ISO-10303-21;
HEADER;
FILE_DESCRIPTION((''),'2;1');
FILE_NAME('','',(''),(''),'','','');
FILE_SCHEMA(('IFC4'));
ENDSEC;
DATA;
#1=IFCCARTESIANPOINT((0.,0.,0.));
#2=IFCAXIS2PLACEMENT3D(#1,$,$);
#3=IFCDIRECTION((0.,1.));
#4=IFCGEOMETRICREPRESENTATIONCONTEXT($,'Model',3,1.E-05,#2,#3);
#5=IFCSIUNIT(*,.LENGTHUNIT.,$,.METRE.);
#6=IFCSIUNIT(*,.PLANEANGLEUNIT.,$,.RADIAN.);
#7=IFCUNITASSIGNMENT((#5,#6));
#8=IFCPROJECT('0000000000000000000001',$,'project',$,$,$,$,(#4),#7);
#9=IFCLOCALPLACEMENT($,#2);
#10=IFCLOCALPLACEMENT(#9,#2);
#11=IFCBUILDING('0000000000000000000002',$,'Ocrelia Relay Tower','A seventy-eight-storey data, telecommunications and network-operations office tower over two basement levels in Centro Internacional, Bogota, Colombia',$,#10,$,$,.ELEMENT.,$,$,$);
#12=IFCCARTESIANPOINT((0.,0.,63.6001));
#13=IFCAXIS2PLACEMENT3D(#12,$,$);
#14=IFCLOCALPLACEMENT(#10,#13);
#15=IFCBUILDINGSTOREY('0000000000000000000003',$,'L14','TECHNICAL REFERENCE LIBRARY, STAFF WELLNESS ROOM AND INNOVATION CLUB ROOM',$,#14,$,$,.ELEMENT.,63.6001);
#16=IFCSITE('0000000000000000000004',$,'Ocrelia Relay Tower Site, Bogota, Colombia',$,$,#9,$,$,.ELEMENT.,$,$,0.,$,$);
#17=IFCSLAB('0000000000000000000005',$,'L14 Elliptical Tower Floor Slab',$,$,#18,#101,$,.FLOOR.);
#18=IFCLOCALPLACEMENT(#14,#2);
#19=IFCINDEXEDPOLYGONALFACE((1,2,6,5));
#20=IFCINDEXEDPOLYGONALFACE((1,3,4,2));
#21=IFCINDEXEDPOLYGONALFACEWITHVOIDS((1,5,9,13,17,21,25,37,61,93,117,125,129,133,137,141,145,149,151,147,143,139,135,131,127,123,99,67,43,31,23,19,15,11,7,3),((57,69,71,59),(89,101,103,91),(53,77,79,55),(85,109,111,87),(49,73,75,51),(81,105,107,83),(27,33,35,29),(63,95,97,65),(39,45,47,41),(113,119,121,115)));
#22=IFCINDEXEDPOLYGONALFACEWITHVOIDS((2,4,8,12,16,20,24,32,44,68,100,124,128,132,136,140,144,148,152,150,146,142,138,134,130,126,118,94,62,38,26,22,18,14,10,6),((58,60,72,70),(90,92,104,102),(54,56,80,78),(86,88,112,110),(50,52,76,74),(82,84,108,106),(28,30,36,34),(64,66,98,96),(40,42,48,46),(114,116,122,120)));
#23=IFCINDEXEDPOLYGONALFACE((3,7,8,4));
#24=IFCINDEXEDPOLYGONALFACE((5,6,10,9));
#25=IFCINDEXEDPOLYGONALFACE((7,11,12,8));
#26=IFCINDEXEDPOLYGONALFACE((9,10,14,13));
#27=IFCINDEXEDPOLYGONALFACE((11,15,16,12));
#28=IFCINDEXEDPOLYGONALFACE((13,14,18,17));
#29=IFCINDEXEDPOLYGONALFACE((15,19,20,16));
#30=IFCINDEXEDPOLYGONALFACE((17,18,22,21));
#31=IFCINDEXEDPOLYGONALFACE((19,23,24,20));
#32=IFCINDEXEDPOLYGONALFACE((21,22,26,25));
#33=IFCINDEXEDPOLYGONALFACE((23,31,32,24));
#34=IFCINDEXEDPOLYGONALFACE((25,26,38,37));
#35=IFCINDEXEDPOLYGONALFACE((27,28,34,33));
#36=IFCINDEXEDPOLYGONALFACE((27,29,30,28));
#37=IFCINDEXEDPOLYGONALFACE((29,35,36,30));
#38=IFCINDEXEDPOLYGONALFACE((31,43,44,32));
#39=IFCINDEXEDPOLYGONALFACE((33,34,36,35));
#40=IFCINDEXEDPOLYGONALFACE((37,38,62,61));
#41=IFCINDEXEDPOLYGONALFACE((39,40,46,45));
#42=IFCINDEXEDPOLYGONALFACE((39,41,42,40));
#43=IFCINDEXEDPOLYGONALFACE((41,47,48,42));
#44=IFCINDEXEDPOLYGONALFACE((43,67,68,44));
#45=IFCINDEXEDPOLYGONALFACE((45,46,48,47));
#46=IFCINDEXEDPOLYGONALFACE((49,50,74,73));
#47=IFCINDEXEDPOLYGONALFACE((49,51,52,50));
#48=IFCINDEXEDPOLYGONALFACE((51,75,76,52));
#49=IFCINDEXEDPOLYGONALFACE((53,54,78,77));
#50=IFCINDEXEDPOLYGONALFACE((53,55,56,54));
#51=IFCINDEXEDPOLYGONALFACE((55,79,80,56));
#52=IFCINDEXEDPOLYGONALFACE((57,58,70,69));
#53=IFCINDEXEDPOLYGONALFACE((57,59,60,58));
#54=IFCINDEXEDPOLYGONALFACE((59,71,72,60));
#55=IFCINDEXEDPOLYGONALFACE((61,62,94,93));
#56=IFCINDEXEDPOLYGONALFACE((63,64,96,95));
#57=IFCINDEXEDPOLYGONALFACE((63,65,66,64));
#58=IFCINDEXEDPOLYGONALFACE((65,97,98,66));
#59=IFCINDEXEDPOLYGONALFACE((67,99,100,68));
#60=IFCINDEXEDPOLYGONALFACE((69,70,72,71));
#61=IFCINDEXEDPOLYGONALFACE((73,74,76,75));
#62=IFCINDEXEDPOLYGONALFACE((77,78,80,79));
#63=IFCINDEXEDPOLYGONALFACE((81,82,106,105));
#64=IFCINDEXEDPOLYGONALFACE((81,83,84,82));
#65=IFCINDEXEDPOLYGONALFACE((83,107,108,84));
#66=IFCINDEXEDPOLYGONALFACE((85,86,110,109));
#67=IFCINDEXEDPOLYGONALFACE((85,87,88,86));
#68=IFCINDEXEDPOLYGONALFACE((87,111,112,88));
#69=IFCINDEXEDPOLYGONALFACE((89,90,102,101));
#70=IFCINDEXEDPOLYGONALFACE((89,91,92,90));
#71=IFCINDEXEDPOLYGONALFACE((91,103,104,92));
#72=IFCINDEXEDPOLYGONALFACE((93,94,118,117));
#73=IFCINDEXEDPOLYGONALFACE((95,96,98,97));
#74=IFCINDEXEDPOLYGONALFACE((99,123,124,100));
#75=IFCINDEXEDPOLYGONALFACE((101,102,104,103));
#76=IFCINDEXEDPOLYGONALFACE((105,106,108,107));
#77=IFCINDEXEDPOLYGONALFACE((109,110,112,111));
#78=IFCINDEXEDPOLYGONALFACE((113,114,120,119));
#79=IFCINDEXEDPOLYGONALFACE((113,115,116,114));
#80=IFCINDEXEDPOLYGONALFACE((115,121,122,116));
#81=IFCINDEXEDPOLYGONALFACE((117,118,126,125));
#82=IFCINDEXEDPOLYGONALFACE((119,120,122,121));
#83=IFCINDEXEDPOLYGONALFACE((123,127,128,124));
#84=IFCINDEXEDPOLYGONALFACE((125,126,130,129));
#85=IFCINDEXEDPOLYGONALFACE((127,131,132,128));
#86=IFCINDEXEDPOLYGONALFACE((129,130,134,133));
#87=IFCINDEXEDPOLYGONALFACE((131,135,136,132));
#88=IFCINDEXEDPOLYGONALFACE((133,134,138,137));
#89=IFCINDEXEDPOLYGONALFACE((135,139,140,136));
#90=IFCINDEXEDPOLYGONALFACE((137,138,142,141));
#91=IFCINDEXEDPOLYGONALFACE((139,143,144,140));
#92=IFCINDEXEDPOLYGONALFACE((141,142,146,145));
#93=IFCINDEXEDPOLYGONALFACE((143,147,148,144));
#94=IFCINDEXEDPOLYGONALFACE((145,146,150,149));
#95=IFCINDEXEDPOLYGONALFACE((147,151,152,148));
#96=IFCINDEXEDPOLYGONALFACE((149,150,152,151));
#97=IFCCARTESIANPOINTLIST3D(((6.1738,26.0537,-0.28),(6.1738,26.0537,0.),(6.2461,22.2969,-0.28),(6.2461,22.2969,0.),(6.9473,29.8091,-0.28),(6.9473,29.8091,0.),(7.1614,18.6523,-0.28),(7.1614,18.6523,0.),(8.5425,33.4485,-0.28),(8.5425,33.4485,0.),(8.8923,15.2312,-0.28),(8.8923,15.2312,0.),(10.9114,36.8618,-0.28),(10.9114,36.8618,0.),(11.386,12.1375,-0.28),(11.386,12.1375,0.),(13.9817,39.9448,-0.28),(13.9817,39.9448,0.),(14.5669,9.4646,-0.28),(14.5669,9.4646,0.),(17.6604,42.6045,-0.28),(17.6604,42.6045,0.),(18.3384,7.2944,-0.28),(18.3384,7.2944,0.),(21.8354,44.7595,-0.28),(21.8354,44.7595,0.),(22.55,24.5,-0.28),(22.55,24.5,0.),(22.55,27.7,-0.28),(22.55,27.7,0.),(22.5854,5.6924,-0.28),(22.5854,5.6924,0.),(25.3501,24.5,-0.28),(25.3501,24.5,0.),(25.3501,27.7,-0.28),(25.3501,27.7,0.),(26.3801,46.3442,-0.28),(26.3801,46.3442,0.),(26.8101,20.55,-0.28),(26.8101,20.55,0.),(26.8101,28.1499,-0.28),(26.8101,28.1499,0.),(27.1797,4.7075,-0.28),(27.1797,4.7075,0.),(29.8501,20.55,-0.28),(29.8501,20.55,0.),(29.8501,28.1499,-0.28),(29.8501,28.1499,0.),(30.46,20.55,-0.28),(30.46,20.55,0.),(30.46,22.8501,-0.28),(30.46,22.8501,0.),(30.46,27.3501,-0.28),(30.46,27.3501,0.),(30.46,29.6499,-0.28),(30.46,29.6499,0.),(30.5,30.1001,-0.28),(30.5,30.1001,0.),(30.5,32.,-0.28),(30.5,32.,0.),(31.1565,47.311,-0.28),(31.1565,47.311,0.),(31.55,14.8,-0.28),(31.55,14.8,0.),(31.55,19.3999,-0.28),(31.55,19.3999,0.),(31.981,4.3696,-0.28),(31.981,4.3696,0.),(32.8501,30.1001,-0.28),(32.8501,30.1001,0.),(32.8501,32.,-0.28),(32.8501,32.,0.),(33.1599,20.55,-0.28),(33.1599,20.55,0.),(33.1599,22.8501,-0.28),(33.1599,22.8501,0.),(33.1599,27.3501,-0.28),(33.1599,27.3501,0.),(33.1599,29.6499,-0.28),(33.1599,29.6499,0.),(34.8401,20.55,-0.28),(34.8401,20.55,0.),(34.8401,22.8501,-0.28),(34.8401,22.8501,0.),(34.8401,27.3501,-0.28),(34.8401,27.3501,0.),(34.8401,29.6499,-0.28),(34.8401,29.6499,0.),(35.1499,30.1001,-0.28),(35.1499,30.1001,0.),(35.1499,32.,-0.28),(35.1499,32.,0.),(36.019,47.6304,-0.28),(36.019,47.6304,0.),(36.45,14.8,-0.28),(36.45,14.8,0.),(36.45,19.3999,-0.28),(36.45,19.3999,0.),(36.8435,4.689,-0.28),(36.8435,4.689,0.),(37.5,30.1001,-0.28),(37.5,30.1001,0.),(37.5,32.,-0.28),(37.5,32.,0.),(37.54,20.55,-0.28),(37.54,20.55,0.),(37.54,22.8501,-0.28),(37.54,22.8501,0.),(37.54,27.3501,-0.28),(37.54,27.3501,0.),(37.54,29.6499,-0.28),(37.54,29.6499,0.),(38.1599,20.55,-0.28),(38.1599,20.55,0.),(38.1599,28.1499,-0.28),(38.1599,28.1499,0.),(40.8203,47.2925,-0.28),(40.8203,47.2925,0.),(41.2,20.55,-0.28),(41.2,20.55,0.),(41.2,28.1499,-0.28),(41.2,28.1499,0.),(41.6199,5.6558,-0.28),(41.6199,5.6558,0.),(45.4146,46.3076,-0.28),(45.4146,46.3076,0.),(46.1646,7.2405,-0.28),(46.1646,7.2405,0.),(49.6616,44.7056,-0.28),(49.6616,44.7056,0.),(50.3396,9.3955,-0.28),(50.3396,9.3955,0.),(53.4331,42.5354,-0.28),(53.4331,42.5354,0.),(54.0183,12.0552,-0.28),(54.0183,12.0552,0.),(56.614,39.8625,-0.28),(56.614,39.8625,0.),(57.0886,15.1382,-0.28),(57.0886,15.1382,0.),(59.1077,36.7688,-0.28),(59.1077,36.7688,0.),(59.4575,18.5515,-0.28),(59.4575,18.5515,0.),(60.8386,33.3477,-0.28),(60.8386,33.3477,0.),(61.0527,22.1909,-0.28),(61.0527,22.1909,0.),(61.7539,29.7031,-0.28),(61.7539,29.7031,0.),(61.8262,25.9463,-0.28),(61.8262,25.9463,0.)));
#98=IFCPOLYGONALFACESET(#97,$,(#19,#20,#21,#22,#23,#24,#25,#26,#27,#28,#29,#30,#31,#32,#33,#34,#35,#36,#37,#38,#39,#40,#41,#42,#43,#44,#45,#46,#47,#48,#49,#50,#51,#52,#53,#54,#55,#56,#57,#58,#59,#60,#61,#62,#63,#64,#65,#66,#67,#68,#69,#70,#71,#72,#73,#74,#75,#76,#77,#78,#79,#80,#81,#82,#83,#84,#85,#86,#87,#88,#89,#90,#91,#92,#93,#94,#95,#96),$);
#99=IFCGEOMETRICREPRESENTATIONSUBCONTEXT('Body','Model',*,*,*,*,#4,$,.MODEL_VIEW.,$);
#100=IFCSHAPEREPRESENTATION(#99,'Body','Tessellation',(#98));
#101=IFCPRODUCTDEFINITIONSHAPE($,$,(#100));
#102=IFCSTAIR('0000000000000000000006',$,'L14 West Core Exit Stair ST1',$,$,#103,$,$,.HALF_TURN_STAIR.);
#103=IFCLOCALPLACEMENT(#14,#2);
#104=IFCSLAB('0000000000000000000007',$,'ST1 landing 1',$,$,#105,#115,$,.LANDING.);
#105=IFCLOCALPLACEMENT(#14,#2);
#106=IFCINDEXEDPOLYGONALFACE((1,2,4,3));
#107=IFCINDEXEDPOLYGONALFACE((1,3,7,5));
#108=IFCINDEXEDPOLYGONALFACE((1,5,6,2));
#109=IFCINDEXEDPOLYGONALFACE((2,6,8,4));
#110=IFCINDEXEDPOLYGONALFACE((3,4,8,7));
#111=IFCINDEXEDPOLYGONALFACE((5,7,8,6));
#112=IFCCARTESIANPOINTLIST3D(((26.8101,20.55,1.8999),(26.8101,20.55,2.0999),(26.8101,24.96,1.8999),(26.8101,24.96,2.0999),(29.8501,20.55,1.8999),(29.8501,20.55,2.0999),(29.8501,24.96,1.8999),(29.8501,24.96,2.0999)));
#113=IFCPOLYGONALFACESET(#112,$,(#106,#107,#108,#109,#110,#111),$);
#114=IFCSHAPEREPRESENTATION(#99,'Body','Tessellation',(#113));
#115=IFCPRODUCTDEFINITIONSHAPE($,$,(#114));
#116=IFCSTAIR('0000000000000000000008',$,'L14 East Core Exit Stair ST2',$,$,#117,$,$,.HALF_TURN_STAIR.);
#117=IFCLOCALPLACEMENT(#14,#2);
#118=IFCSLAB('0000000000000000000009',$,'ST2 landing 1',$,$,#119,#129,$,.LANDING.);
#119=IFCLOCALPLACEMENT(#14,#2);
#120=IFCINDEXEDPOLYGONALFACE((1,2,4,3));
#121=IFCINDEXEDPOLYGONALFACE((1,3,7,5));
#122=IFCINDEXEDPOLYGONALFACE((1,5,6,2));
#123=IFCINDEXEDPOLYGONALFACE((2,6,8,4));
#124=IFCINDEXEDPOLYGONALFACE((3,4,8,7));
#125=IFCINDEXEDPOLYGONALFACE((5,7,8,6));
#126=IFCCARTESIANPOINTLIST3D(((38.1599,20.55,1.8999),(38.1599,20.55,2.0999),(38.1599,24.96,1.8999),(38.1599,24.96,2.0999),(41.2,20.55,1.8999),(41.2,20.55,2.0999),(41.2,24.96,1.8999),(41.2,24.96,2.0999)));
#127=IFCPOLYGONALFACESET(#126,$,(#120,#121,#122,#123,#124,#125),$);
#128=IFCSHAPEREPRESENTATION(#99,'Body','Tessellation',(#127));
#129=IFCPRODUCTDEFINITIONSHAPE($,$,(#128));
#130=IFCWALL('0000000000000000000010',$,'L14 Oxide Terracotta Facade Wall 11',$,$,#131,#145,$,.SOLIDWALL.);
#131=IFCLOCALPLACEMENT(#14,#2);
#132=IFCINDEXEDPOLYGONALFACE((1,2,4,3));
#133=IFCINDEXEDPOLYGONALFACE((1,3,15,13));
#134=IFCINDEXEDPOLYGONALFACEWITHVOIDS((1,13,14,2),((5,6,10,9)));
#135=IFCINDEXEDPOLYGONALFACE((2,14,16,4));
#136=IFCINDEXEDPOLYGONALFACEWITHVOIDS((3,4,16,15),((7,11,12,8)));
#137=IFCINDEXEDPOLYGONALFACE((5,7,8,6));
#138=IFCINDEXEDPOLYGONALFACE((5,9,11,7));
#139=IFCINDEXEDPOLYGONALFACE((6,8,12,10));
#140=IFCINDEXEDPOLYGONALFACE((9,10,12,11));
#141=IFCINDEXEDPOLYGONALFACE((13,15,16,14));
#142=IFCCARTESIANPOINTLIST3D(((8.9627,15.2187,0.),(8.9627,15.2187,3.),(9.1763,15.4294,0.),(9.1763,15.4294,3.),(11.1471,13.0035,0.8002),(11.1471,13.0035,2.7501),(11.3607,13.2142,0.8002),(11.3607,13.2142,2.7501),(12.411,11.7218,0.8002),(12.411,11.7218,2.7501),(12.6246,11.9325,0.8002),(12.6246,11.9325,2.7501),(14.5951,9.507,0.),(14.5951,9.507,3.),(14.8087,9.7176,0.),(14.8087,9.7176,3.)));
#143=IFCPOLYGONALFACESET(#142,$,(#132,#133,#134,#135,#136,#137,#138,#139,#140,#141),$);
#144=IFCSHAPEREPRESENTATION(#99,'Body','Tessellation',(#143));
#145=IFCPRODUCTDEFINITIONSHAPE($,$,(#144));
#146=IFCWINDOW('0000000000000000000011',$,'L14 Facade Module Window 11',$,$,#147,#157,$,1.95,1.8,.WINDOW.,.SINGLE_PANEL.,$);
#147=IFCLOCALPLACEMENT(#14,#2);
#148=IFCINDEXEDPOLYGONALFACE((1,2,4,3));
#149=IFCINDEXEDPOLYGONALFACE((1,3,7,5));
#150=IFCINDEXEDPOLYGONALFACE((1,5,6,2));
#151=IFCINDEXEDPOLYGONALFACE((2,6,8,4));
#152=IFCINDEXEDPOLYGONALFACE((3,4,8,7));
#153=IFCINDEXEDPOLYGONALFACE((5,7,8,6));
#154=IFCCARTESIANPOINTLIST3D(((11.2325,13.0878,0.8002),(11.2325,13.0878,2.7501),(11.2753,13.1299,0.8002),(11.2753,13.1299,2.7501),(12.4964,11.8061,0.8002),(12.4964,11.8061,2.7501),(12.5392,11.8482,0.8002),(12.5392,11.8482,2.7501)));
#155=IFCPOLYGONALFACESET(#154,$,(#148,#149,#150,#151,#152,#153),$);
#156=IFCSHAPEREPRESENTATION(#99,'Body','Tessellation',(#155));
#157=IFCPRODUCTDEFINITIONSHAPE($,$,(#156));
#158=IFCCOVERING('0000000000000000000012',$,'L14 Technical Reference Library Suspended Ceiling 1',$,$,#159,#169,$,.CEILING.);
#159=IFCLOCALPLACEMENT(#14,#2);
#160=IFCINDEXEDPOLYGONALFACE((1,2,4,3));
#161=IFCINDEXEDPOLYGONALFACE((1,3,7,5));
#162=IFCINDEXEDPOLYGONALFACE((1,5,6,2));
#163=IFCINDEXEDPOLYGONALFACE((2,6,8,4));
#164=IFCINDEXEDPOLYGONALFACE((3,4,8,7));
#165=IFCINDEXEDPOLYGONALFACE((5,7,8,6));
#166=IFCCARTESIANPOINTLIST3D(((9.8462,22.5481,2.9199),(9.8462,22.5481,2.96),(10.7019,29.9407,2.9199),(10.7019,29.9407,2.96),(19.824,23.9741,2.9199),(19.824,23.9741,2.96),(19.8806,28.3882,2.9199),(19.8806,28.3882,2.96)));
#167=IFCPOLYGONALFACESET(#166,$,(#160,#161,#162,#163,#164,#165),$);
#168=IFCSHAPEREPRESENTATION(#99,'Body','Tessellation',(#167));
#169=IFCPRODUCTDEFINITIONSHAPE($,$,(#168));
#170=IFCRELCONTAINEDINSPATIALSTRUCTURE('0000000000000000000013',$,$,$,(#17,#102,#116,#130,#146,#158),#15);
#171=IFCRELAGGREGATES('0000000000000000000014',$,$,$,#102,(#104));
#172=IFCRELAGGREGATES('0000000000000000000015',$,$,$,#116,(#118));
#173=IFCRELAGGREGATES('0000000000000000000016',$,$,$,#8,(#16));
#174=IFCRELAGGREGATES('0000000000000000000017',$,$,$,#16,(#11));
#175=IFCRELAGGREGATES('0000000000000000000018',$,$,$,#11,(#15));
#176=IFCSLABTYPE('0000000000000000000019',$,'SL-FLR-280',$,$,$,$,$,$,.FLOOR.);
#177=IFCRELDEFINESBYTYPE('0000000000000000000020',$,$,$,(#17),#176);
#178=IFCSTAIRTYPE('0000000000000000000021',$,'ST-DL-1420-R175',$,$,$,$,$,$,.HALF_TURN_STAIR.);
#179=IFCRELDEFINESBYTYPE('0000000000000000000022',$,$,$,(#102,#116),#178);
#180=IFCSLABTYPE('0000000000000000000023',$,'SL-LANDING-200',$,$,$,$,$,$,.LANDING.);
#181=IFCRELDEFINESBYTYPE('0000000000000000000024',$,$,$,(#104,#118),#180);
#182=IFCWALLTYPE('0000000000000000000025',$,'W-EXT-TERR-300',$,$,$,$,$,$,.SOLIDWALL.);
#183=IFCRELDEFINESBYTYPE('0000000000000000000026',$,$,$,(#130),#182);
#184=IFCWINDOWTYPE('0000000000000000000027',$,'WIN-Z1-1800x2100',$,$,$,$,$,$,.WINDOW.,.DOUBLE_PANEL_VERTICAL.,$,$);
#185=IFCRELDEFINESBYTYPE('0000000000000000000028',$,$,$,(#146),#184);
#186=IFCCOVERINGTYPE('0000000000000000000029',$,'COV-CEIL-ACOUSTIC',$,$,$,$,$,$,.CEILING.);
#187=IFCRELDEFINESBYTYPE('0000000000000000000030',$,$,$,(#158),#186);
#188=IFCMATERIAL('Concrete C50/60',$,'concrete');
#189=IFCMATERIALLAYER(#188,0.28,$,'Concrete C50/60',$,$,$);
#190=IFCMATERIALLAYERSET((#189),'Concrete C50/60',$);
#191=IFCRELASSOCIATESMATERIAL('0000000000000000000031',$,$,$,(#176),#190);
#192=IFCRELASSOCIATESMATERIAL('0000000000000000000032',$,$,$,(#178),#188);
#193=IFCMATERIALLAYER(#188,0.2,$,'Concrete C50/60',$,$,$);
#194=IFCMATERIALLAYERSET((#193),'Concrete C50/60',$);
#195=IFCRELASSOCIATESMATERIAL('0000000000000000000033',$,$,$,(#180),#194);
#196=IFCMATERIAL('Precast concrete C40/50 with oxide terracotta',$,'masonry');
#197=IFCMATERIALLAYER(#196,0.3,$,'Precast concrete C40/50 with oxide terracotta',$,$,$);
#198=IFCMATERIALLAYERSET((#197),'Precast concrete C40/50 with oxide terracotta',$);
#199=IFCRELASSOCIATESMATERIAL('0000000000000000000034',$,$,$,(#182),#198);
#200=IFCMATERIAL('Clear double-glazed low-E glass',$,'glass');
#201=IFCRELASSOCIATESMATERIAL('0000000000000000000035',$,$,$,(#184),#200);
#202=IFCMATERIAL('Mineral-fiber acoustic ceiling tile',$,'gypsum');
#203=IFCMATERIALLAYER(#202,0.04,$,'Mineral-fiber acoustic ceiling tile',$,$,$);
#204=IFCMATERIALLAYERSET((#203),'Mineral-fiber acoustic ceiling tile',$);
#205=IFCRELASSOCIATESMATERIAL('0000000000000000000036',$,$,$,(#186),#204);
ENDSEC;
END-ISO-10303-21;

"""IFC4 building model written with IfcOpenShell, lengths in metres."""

from ifc_helpers import new_model, si_unit, direction, frame, frame_2d, origin, place, context, subcontext, project, spatial, polyline, rectangle, outline, extrude, material, layer, layer_set, type_object, element, fill, aggregate, save


model = new_model("IFC4")

# Units and contexts
model_context = context("Model", 3, precision=1e-05, world=origin(), true_north=direction((0.0, 1.0)))
body_context = subcontext(model_context, "Body", "Model", "MODEL_VIEW")
ifc_project = project(units=[si_unit("LENGTHUNIT", "METRE"), si_unit("PLANEANGLEUNIT", "RADIAN")], contexts=[model_context])

# Site, building, storey
site_placement = place(None, origin())
site = spatial("IfcSite", under=ifc_project, at=site_placement, Name="Ocrelia Relay Tower Site, Bogota, Colombia", CompositionType="ELEMENT", RefElevation=0.0)
building_placement = place(site_placement, origin())
building = spatial("IfcBuilding", under=site, at=building_placement, Name="Ocrelia Relay Tower", Description="A seventy-eight-storey data, telecommunications and network-operations office tower over two basement levels in Centro Internacional, Bogota, Colombia", CompositionType="ELEMENT")
storey_placement = place(building_placement, frame((0.0, 0.0, 63.6001)))
storey = spatial("IfcBuildingStorey", under=building, at=storey_placement, Name="L14", Description="TECHNICAL REFERENCE LIBRARY, STAFF WELLNESS ROOM AND INNOVATION CLUB ROOM", CompositionType="ELEMENT", Elevation=63.6001)

# Shared definitions
ifc_material_1 = material(Name="Clear double-glazed low-E glass", Category="glass")

# Slab
ifc_material_2 = material(Name="Concrete C50/60", Category="concrete")
ifc_layer_1 = layer(ifc_material_2, 0.28, Name="Concrete C50/60")
ifc_layer_set_1 = layer_set([ifc_layer_1], Name="Concrete C50/60")
slab_type_1 = type_object("IfcSlabType", Name="SL-FLR-280", PredefinedType="FLOOR", material=ifc_layer_set_1)
slab_1_placement = place(storey_placement, frame((0.0, 0.0, -0.28)))
element("IfcSlab", 1, at=slab_1_placement, inside=storey, type_object=slab_type_1, Name="L14 Elliptical Tower Floor Slab", PredefinedType="FLOOR", context=body_context, shape_type="SweptSolid", body=[
    extrude(outline(polyline([(61.7539, 29.7031), (60.8386, 33.3477), (59.1077, 36.7688), (56.614, 39.8625), (53.4331, 42.5354), (49.6616, 44.7056), (45.4146, 46.3076), (40.8203, 47.2925), (36.019, 47.6304), (31.1565, 47.311), (26.3801, 46.3442), (21.8354, 44.7595), (17.6604, 42.6045), (13.9817, 39.9448), (10.9114, 36.8618), (8.5425, 33.4485), (6.9473, 29.8091), (6.1738, 26.0537), (6.2461, 22.2969), (7.1614, 18.6523), (8.8923, 15.2312), (11.386, 12.1375), (14.5669, 9.4646), (18.3384, 7.2944), (22.5854, 5.6924), (27.1797, 4.7075), (31.981, 4.3696), (36.8435, 4.689), (41.6199, 5.6558), (46.1646, 7.2405), (50.3396, 9.3955), (54.0183, 12.0552), (57.0886, 15.1382), (59.4575, 18.5515), (61.0527, 22.1909), (61.8262, 25.9463), (61.7539, 29.7031)]), holes=[polyline([(26.8101, 28.1499), (26.8101, 20.55), (29.8501, 20.55), (29.8501, 28.1499), (26.8101, 28.1499)]), polyline([(38.1599, 28.1499), (38.1599, 20.55), (41.2, 20.55), (41.2, 28.1499), (38.1599, 28.1499)]), polyline([(30.46, 20.55), (33.1599, 20.55), (33.1599, 22.8501), (30.46, 22.8501), (30.46, 20.55)]), polyline([(34.8401, 20.55), (37.54, 20.55), (37.54, 22.8501), (34.8401, 22.8501), (34.8401, 20.55)]), polyline([(30.46, 27.3501), (33.1599, 27.3501), (33.1599, 29.6499), (30.46, 29.6499), (30.46, 27.3501)]), polyline([(34.8401, 27.3501), (37.54, 27.3501), (37.54, 29.6499), (34.8401, 29.6499), (34.8401, 27.3501)]), polyline([(30.5, 30.1001), (32.8501, 30.1001), (32.8501, 32.0), (30.5, 32.0), (30.5, 30.1001)]), polyline([(35.1499, 30.1001), (37.5, 30.1001), (37.5, 32.0), (35.1499, 32.0), (35.1499, 30.1001)]), polyline([(22.55, 24.5), (25.3501, 24.5), (25.3501, 27.7), (22.55, 27.7), (22.55, 24.5)]), polyline([(31.55, 14.8), (36.45, 14.8), (36.45, 19.3999), (31.55, 19.3999), (31.55, 14.8)])]), origin(), (0.0, 0.0, 1.0), 0.28),
])

# Stairs, slabs
stair_type = type_object("IfcStairType", Name="ST-DL-1420-R175", PredefinedType="HALF_TURN_STAIR", material=ifc_material_2)
stair_1_placement = place(storey_placement, origin())
stair_1 = element("IfcStair", 2, at=stair_1_placement, inside=storey, type_object=stair_type, Name="L14 West Core Exit Stair ST1", PredefinedType="HALF_TURN_STAIR")
ifc_layer_2 = layer(ifc_material_2, 0.2, Name="Concrete C50/60")
ifc_layer_set_2 = layer_set([ifc_layer_2], Name="Concrete C50/60")
slab_type_2 = type_object("IfcSlabType", Name="SL-LANDING-200", PredefinedType="LANDING", material=ifc_layer_set_2)
slab_2_placement = place(storey_placement, frame((0.0, 0.0, 1.8999)))
slab_2 = element("IfcSlab", 3, at=slab_2_placement, type_object=slab_type_2, Name="ST1 landing 1", PredefinedType="LANDING", context=body_context, shape_type="SweptSolid", body=[
    extrude(outline(polyline([(26.8101, 24.96), (26.8101, 20.55), (29.8501, 20.55), (29.8501, 24.96), (26.8101, 24.96)])), origin(), (0.0, 0.0, 1.0), 0.2),
])
aggregate(stair_1, [slab_2])
stair_2_placement = place(storey_placement, origin())
stair_2 = element("IfcStair", 4, at=stair_2_placement, inside=storey, type_object=stair_type, Name="L14 East Core Exit Stair ST2", PredefinedType="HALF_TURN_STAIR")
slab_3_placement = place(storey_placement, frame((0.0, 0.0, 1.8999)))
slab_3 = element("IfcSlab", 5, at=slab_3_placement, type_object=slab_type_2, Name="ST2 landing 1", PredefinedType="LANDING", context=body_context, shape_type="SweptSolid", body=[
    extrude(outline(polyline([(38.1599, 24.96), (38.1599, 20.55), (41.2, 20.55), (41.2, 24.96), (38.1599, 24.96)])), origin(), (0.0, 0.0, 1.0), 0.2),
])
aggregate(stair_2, [slab_3])

# Wall, opening, window
ifc_material_3 = material(Name="Precast concrete C40/50 with oxide terracotta", Category="masonry")
ifc_layer_3 = layer(ifc_material_3, 0.3, Name="Precast concrete C40/50 with oxide terracotta")
ifc_layer_set_3 = layer_set([ifc_layer_3], Name="Precast concrete C40/50 with oxide terracotta")
wall_type = type_object("IfcWallType", Name="W-EXT-TERR-300", PredefinedType="SOLIDWALL", material=ifc_layer_set_3)
wall_placement = place(storey_placement, frame((9.0696, 15.324, 0.0), z_axis=(0.0, 0.0, 1.0), x_axis=(0.702144, -0.712035, 0.0)))
wall = element("IfcWall", 6, at=wall_placement, inside=storey, type_object=wall_type, Name="L14 Oxide Terracotta Facade Wall 11", PredefinedType="SOLIDWALL", context=body_context, shape_type="SweptSolid", body=[
    extrude(rectangle(XDim=8.0217, YDim=0.3, at=frame_2d((4.0107, 0.0))), origin(), (0.0, 0.0, 1.0), 3.0),
])
opening_placement = place(wall_placement, frame((3.1111, 0.0, 0.8)))
opening = element("IfcOpeningElement", 7, at=opening_placement, cuts=wall, PredefinedType="OPENING", context=body_context, shape_type="SweptSolid", body=[
    extrude(rectangle(XDim=1.8, YDim=1.95, at=frame_2d((0.8999, 0.9751))), frame((0.0, 0.1602, 0.0), z_axis=(0.0, -1.0, 0.0), x_axis=(1.0, 0.0, 0.0)), (0.0, 0.0, 1.0), 0.3201),
])
window_type = type_object("IfcWindowType", Name="WIN-Z1-1800x2100", PartitioningType="DOUBLE_PANEL_VERTICAL", PredefinedType="WINDOW", material=ifc_material_1)
window_placement = place(opening_placement, origin())
window = element("IfcWindow", 8, at=window_placement, inside=storey, type_object=window_type, Name="L14 Facade Module Window 11", OverallHeight=1.95, OverallWidth=1.8, PartitioningType="SINGLE_PANEL", PredefinedType="WINDOW", context=body_context, shape_type="SweptSolid", body=[
    extrude(rectangle(XDim=1.8, YDim=1.95, at=frame_2d((0.8999, 0.9751))), frame((0.0, 0.03, 0.0), z_axis=(0.0, -1.0, 0.0), x_axis=(1.0, 0.0, 0.0)), (0.0, 0.0, 1.0), 0.0601),
])
fill(opening, window)

# Covering
ifc_material_4 = material(Name="Mineral-fiber acoustic ceiling tile", Category="gypsum")
ifc_layer_4 = layer(ifc_material_4, 0.04, Name="Mineral-fiber acoustic ceiling tile")
ifc_layer_set_4 = layer_set([ifc_layer_4], Name="Mineral-fiber acoustic ceiling tile")
covering_type_1 = type_object("IfcCoveringType", Name="COV-CEIL-ACOUSTIC", PredefinedType="CEILING", material=ifc_layer_set_4)
covering_1_placement = place(storey_placement, frame((0.0, 0.0, 2.9199)))
element("IfcCovering", 9, at=covering_1_placement, inside=storey, type_object=covering_type_1, Name="L14 Technical Reference Library Suspended Ceiling 1", PredefinedType="CEILING", context=body_context, shape_type="SweptSolid", body=[
    extrude(outline(polyline([(19.8806, 28.3882), (10.7019, 29.9407), (9.8462, 22.5481), (19.824, 23.9741), (19.8806, 28.3882)])), origin(), (0.0, 0.0, 1.0), 0.04),
])

save(model, "model.ifc")
